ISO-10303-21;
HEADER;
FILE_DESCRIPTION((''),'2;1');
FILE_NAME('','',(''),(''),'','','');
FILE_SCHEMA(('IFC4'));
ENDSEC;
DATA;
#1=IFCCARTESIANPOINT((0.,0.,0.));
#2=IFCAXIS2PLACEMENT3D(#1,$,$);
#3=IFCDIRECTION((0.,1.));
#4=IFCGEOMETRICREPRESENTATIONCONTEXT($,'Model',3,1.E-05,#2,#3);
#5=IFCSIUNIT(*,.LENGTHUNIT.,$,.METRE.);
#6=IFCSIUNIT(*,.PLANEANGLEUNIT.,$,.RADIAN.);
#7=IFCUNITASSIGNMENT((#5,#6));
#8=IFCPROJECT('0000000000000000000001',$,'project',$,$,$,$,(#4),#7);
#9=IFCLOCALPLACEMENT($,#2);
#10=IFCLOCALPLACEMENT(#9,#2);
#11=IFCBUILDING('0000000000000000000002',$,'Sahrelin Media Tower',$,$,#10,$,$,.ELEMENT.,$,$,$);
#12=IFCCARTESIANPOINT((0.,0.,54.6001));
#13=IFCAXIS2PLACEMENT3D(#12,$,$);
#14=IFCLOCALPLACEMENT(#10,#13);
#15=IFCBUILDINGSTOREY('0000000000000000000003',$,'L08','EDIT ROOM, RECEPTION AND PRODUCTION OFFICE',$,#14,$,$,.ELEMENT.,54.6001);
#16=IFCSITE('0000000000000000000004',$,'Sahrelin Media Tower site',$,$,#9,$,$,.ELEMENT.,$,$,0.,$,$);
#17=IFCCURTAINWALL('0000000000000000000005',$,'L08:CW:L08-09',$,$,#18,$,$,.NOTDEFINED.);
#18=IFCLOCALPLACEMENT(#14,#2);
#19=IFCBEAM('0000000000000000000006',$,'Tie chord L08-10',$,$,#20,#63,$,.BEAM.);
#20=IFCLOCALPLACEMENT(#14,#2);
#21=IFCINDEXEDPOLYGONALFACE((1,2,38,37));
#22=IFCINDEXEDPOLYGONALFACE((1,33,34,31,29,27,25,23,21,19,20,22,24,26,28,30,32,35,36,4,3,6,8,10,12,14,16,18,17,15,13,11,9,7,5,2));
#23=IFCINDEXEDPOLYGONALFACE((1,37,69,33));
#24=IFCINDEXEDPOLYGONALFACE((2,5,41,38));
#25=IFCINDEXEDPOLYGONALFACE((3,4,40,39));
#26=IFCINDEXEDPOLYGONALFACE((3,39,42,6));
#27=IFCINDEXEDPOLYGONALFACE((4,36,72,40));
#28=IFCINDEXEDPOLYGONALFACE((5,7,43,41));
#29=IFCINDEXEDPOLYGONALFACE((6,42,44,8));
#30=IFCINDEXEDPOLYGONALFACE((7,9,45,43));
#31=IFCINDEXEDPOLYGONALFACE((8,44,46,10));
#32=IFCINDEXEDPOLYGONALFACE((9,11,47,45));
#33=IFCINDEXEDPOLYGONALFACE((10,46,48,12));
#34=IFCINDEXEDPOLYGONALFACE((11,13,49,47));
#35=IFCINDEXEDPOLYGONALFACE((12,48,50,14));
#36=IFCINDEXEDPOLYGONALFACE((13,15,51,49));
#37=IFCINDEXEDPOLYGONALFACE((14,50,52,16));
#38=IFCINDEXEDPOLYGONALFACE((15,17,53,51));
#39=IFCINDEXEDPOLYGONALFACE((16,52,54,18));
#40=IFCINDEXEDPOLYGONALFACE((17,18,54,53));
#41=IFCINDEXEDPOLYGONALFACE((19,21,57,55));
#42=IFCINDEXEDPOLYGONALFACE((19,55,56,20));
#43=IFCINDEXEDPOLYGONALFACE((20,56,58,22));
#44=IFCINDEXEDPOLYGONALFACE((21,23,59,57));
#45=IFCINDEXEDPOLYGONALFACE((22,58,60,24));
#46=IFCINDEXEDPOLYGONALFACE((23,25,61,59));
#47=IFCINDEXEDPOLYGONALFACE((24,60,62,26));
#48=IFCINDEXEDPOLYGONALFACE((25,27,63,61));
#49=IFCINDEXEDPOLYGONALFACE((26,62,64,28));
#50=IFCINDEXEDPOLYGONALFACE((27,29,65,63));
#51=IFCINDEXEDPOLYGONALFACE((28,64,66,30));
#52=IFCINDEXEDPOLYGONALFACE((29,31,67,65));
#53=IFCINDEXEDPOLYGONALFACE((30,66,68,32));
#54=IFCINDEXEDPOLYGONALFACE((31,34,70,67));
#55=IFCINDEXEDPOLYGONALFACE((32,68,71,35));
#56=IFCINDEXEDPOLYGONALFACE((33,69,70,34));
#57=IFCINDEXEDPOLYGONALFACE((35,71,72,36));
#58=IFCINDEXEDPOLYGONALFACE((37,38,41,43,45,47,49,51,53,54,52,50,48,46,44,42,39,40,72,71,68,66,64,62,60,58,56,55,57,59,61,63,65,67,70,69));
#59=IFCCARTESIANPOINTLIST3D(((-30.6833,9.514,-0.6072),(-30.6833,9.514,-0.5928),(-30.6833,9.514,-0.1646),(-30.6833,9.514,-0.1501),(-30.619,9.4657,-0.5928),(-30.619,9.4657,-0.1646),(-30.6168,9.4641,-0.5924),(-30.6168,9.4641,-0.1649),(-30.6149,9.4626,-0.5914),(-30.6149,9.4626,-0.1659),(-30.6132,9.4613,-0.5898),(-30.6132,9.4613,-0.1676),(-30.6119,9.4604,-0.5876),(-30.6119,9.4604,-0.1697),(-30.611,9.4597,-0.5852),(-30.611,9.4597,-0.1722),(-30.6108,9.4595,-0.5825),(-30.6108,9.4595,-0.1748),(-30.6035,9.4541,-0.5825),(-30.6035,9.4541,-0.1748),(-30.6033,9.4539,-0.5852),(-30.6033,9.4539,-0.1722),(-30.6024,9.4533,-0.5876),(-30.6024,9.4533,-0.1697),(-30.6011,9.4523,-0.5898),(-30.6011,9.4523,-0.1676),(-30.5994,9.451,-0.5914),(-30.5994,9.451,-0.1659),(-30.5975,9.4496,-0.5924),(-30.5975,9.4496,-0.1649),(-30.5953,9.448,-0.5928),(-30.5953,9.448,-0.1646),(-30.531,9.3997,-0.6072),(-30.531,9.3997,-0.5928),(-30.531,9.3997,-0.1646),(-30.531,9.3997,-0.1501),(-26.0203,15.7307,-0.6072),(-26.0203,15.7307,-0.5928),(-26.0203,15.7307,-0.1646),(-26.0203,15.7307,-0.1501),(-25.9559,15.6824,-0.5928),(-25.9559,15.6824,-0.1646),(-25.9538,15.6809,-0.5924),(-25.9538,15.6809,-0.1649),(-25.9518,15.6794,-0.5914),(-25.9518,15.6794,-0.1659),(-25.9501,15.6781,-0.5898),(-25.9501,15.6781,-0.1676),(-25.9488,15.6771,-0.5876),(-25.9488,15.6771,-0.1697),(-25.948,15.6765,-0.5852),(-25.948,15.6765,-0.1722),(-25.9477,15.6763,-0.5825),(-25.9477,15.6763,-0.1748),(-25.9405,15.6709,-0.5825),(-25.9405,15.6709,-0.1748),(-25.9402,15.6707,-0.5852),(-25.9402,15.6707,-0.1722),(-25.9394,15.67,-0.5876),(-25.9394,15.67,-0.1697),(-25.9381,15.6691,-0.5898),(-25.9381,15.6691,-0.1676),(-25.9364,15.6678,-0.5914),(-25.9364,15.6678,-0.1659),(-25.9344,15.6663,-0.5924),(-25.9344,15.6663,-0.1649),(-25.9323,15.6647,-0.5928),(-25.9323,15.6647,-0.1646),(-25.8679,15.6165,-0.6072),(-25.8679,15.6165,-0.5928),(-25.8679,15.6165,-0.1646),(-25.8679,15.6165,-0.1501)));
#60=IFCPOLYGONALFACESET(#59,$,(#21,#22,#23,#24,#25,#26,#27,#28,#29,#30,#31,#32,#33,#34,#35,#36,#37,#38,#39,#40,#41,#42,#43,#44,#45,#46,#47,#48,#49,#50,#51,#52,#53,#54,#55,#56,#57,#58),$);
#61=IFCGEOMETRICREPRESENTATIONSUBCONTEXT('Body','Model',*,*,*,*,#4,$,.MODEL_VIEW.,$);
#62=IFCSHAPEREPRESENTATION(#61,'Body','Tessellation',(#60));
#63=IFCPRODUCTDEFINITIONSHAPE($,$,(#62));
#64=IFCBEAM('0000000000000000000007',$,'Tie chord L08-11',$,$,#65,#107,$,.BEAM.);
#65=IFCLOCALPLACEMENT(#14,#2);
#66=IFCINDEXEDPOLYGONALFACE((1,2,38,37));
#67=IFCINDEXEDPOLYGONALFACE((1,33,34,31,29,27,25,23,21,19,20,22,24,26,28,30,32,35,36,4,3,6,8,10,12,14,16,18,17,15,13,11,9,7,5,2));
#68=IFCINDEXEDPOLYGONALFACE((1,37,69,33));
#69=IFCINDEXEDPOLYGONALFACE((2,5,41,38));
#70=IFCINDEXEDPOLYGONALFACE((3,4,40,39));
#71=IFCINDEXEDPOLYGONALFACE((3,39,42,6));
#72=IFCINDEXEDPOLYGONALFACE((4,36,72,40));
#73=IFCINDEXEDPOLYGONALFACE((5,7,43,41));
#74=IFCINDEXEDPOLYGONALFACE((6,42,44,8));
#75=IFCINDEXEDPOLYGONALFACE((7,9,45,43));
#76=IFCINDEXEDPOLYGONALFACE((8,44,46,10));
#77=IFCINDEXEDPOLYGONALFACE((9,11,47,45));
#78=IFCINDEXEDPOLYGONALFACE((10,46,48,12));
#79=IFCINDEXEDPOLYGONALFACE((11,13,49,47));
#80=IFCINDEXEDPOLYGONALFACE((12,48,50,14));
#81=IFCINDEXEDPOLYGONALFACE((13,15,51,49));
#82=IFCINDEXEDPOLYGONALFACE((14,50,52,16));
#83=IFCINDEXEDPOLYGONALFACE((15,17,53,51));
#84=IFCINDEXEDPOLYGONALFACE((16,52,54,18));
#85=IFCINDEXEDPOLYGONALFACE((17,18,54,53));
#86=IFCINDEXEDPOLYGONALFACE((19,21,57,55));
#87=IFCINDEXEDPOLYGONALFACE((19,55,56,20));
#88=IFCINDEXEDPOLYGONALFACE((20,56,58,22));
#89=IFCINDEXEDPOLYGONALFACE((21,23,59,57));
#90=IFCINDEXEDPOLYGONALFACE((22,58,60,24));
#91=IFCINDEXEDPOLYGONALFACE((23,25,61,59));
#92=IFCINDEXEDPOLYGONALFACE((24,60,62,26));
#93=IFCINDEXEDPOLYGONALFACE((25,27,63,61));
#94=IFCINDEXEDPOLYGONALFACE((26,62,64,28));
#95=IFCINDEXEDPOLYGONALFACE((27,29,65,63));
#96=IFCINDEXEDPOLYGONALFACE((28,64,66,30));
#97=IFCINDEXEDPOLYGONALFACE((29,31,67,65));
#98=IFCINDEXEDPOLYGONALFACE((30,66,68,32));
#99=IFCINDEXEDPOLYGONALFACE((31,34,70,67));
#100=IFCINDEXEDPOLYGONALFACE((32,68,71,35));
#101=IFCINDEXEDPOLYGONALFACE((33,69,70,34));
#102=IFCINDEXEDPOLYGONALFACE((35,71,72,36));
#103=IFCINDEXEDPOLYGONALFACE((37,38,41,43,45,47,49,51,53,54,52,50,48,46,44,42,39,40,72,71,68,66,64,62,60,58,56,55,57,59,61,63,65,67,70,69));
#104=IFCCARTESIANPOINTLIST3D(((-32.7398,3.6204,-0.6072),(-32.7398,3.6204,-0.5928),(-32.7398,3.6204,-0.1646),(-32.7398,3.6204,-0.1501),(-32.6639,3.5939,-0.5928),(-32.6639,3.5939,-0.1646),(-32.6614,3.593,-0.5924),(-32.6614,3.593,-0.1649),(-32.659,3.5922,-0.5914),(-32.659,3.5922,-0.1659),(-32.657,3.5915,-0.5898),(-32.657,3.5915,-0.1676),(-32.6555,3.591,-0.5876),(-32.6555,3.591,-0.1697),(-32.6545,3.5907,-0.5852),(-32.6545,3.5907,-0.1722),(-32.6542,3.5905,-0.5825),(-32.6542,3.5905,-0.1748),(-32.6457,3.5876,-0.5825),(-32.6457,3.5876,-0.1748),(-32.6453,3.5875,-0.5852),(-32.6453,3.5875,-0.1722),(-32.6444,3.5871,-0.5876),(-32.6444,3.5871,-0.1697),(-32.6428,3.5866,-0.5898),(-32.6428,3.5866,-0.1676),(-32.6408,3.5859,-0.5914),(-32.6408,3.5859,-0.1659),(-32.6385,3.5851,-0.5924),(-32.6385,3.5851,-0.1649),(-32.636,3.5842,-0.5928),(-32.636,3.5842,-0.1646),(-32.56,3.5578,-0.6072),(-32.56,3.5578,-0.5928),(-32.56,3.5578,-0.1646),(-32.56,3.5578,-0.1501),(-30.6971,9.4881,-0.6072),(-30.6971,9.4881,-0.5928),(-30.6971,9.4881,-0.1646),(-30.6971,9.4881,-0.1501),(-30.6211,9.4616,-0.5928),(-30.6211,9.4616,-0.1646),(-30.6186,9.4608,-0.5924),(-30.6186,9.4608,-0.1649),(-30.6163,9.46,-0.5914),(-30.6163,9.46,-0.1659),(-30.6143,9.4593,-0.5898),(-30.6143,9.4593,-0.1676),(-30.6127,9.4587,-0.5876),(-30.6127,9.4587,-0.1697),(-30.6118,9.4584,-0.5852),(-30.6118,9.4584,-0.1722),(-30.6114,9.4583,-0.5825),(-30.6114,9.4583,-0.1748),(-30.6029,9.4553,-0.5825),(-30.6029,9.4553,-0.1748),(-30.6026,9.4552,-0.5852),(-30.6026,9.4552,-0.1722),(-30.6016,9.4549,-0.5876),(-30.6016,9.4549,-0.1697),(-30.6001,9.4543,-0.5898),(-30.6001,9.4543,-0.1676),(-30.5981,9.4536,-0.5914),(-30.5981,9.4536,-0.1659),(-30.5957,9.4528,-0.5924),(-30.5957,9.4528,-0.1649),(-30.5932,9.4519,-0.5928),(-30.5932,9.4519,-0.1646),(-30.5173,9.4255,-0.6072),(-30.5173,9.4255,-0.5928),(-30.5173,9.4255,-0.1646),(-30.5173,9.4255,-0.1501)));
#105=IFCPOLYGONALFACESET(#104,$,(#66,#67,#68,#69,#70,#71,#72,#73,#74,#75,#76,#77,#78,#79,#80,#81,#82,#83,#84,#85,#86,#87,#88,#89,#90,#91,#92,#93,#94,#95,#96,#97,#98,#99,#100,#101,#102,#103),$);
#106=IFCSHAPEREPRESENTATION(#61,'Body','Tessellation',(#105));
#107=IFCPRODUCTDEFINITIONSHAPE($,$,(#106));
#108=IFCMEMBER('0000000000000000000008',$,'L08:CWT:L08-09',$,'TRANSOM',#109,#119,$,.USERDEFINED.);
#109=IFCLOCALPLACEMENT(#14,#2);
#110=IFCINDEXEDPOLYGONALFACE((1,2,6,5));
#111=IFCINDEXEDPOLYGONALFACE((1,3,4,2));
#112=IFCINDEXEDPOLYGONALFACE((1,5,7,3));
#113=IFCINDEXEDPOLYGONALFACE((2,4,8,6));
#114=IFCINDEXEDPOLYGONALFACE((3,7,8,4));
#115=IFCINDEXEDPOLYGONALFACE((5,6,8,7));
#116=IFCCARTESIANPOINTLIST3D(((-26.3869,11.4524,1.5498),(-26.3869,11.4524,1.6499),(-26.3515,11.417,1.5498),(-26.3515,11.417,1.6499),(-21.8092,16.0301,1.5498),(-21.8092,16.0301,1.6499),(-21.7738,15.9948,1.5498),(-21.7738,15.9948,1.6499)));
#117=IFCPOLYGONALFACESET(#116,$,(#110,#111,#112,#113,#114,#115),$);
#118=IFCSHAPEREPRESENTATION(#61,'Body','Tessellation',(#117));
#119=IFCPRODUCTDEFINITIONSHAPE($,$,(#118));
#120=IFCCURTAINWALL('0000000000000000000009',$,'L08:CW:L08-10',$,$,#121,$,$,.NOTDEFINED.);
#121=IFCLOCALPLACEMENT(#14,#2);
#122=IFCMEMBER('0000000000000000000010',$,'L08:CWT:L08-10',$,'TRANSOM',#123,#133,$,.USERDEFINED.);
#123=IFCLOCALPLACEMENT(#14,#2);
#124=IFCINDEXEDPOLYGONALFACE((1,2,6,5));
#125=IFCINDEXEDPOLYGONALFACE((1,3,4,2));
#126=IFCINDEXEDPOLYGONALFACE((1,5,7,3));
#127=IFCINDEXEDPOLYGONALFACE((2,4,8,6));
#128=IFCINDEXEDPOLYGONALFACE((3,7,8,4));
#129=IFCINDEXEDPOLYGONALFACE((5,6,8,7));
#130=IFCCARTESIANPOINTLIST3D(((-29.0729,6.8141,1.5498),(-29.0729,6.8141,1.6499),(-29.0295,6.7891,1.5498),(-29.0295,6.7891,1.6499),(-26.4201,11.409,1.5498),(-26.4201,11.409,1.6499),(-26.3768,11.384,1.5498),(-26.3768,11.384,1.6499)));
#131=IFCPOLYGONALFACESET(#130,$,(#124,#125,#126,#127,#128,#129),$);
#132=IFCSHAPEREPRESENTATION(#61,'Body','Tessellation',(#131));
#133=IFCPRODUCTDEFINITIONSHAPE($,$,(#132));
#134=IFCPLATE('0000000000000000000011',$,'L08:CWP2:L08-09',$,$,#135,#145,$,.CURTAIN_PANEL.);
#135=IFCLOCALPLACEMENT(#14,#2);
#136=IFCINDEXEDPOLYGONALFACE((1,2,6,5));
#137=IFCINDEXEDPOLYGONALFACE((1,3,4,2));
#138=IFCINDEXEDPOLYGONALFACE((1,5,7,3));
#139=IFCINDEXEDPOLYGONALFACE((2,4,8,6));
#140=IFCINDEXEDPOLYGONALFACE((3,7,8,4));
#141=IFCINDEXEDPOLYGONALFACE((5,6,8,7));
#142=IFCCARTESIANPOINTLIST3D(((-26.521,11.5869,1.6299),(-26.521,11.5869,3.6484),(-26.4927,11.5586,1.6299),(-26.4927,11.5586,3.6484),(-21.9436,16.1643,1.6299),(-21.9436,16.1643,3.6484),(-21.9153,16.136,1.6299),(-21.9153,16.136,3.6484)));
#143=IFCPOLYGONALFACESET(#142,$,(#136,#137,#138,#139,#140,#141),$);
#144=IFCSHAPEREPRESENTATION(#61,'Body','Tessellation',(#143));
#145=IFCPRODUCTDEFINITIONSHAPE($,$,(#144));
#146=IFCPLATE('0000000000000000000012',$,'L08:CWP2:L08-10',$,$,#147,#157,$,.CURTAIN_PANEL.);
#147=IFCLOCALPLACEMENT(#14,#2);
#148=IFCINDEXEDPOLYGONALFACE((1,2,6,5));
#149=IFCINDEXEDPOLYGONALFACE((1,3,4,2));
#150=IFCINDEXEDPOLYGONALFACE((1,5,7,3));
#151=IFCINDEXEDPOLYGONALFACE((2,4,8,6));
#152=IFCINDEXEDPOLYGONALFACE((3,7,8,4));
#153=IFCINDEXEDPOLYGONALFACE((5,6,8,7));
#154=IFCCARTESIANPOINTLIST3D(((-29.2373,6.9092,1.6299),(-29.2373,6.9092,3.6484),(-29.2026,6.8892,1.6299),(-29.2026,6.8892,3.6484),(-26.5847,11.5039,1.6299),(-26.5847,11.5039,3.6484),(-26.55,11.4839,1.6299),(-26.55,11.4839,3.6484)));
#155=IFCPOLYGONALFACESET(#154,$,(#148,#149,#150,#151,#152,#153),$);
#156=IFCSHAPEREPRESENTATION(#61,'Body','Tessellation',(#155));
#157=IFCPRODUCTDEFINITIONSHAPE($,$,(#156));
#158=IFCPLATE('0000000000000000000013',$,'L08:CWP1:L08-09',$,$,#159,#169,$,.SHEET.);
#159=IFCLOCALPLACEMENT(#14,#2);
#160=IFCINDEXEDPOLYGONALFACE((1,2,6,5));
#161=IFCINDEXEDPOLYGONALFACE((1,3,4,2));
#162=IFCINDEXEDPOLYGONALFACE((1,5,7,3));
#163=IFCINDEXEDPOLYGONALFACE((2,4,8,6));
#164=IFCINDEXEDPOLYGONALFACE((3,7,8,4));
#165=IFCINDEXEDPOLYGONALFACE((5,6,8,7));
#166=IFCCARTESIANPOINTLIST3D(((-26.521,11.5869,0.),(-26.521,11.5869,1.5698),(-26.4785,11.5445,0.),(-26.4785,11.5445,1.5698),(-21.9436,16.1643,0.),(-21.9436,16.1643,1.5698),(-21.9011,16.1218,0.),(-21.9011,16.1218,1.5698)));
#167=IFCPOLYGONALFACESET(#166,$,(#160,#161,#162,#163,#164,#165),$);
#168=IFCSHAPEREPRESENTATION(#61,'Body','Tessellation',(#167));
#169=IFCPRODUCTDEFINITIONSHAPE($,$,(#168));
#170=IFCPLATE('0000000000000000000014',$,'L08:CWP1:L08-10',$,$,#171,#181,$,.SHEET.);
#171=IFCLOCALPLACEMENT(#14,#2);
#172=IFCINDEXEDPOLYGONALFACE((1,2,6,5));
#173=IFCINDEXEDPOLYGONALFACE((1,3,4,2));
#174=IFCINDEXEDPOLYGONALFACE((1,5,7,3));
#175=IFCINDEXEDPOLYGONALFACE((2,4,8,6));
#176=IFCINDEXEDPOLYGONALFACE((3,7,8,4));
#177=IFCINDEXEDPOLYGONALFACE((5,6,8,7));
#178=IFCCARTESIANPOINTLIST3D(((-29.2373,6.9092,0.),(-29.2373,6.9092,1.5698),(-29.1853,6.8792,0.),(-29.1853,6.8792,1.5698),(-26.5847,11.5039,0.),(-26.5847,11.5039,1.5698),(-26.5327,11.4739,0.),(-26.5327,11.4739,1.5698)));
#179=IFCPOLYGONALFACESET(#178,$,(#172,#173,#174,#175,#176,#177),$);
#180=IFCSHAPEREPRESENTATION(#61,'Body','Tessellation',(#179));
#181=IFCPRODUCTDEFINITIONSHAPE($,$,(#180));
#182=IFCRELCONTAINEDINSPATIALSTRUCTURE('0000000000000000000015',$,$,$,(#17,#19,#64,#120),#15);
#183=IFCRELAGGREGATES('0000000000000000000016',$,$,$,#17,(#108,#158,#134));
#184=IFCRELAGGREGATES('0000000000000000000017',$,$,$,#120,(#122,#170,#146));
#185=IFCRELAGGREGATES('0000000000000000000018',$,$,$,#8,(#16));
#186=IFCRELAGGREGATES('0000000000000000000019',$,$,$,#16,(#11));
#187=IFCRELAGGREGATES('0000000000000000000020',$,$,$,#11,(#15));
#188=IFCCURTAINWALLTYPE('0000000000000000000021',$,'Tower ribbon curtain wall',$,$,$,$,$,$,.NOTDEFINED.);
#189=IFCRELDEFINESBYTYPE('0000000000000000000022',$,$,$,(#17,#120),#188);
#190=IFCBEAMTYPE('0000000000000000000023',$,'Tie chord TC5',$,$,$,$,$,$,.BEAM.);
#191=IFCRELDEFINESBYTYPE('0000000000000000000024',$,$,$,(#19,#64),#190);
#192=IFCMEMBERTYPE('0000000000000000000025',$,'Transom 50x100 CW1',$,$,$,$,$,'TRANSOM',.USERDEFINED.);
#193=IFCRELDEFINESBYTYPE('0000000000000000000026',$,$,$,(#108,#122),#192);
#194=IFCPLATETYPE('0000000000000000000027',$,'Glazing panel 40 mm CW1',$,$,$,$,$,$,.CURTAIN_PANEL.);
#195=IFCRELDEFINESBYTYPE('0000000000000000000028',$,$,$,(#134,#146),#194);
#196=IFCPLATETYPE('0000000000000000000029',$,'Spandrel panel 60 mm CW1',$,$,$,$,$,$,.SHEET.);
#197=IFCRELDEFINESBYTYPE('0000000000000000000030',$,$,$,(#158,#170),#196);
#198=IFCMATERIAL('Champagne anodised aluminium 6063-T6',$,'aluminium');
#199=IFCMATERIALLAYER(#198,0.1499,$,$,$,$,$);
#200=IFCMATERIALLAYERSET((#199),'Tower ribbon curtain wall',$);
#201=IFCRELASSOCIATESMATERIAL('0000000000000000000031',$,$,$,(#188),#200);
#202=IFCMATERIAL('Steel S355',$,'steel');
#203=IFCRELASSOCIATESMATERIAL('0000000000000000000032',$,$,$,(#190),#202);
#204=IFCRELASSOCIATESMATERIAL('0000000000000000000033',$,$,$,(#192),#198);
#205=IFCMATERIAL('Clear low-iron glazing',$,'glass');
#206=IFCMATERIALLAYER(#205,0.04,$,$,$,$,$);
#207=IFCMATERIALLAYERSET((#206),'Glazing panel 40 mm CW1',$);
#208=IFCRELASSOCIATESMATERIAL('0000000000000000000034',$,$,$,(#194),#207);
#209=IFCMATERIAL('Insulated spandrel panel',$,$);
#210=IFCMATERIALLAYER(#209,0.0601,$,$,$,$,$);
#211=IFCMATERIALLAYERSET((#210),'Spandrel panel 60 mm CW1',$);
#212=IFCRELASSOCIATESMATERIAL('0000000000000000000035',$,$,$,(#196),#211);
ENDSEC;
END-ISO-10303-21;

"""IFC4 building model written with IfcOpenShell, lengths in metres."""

from ifc_helpers import new_model, si_unit, direction, frame, origin, origin_2d, place, context, subcontext, project, spatial, polyline, rectangle, i_section, outline, extrude, material, layer, layer_set, material_profile, profile_set, type_object, element, aggregate, save


model = new_model("IFC4")

# Units and contexts
model_context = context("Model", 3, precision=1e-05, world=origin(), true_north=direction((0.0, 1.0)))
body_context = subcontext(model_context, "Body", "Model", "MODEL_VIEW")
ifc_project = project(units=[si_unit("LENGTHUNIT", "METRE"), si_unit("PLANEANGLEUNIT", "RADIAN")], contexts=[model_context])

# Site, building, storey
site_placement = place(None, origin())
site = spatial("IfcSite", under=ifc_project, at=site_placement, Name="Sahrelin Media Tower site", CompositionType="ELEMENT", RefElevation=0.0)
building_placement = place(site_placement, origin())
building = spatial("IfcBuilding", under=site, at=building_placement, Name="Sahrelin Media Tower", CompositionType="ELEMENT")
storey_placement = place(building_placement, frame((0.0, 0.0, 54.6001)))
storey = spatial("IfcBuildingStorey", under=building, at=storey_placement, Name="L08", Description="EDIT ROOM, RECEPTION AND PRODUCTION OFFICE", CompositionType="ELEMENT", Elevation=54.6001)

# Shared definitions
ifc_material_1 = material(Name="Steel S355", Category="steel")

# Curtain wall
ifc_material_2 = material(Name="Champagne anodised aluminium 6063-T6", Category="aluminium")
ifc_layer_1 = layer(ifc_material_2, 0.1499)
ifc_layer_set_1 = layer_set([ifc_layer_1], Name="Tower ribbon curtain wall")
curtain_wall_type = type_object("IfcCurtainWallType", Name="Tower ribbon curtain wall", PredefinedType="NOTDEFINED", material=ifc_layer_set_1)
curtain_wall_1_placement = place(storey_placement, frame((-24.2183, 13.8616, 0.0), z_axis=(0.0, 0.0, 1.0), x_axis=(1.0, 0.0, 0.0)))
curtain_wall_1 = element("IfcCurtainWall", 1, at=curtain_wall_1_placement, inside=storey, type_object=curtain_wall_type, Name="L08:CW:L08-09", PredefinedType="NOTDEFINED")

# Beams
ifc_material_profile_1 = material_profile(ifc_material_1, i_section(OverallWidth=0.1904, OverallDepth=0.457, WebThickness=0.009, FlangeThickness=0.0144, FilletRadius=0.0103, at=origin_2d()), Name="UB 457x191x74")
ifc_profile_set_1 = profile_set([ifc_material_profile_1], Name="Steel S355")
beam_type_1 = type_object("IfcBeamType", Name="Tie chord TC5", PredefinedType="BEAM", material=ifc_profile_set_1)
beam_1_placement = place(storey_placement, frame((-25.9441, 15.6736, -0.3787), z_axis=(-0.60004, -0.79997, 0.0), x_axis=(0.79997, -0.60004, 0.0)))
element("IfcBeam", 2, at=beam_1_placement, inside=storey, type_object=beam_type_1, Name="Tie chord L08-10", PredefinedType="BEAM", context=body_context, shape_type="SweptSolid", body=[
    extrude(i_section(OverallWidth=0.1904, OverallDepth=0.457, WebThickness=0.009, FlangeThickness=0.0144, FilletRadius=0.0103, at=origin_2d()), origin(), (0.0, 0.0, 1.0), 7.7712),
])
beam_2_placement = place(storey_placement, frame((-30.6072, 9.4568, -0.3787), z_axis=(-0.328778, -0.944407, 0.0), x_axis=(0.944407, -0.328778, 0.0)))
element("IfcBeam", 3, at=beam_2_placement, inside=storey, type_object=beam_type_1, Name="Tie chord L08-11", PredefinedType="BEAM", context=body_context, shape_type="SweptSolid", body=[
    extrude(i_section(OverallWidth=0.1904, OverallDepth=0.457, WebThickness=0.009, FlangeThickness=0.0144, FilletRadius=0.0103, at=origin_2d()), origin(), (0.0, 0.0, 1.0), 6.2131),
])

# Member
ifc_material_profile_2 = material_profile(ifc_material_2, rectangle(XDim=0.05, YDim=0.1001, at=origin_2d()), Name="Transom 50x100")
ifc_profile_set_2 = profile_set([ifc_material_profile_2], Name="Champagne anodised aluminium 6063-T6")
member_type_1 = type_object("IfcMemberType", Name="Transom 50x100 CW1", ElementType="TRANSOM", PredefinedType="USERDEFINED", material=ifc_profile_set_2)
member_1_placement = place(storey_placement, frame((-21.7915, 16.0125, 1.5999), z_axis=(-0.707107, -0.707107, 0.0), x_axis=(0.707107, -0.707107, 0.0)))
member_1 = element("IfcMember", 4, at=member_1_placement, type_object=member_type_1, Name="L08:CWT:L08-09", ObjectType="TRANSOM", PredefinedType="USERDEFINED", context=body_context, shape_type="SweptSolid", body=[
    extrude(rectangle(XDim=0.05, YDim=0.1001, at=origin_2d()), origin(), (0.0, 0.0, 1.0), 6.4739),
])

# Curtain wall, member
curtain_wall_2_placement = place(storey_placement, frame((-27.8938, 9.1965, 0.0), z_axis=(0.0, 0.0, 1.0), x_axis=(1.0, 0.0, 0.0)))
curtain_wall_2 = element("IfcCurtainWall", 5, at=curtain_wall_2_placement, inside=storey, type_object=curtain_wall_type, Name="L08:CW:L08-10", PredefinedType="NOTDEFINED")
member_2_placement = place(storey_placement, frame((-26.3984, 11.3965, 1.5999), z_axis=(-0.499989, -0.866032, 0.0), x_axis=(0.866032, -0.499989, 0.0)))
member_2 = element("IfcMember", 6, at=member_2_placement, type_object=member_type_1, Name="L08:CWT:L08-10", ObjectType="TRANSOM", PredefinedType="USERDEFINED", context=body_context, shape_type="SweptSolid", body=[
    extrude(rectangle(XDim=0.05, YDim=0.1001, at=origin_2d()), origin(), (0.0, 0.0, 1.0), 5.3057),
])

# Plates
ifc_material_3 = material(Name="Clear low-iron glazing", Category="glass")
ifc_layer_2 = layer(ifc_material_3, 0.04)
ifc_layer_set_2 = layer_set([ifc_layer_2], Name="Glazing panel 40 mm CW1")
plate_type_1 = type_object("IfcPlateType", Name="Glazing panel 40 mm CW1", PredefinedType="CURTAIN_PANEL", material=ifc_layer_set_2)
plate_1_placement = place(storey_placement, frame((-21.9436, 16.1643, 1.6299), z_axis=(-0.707107, 0.707107, 0.0), x_axis=(-0.707107, -0.707107, 0.0)))
plate_1 = element("IfcPlate", 7, at=plate_1_placement, type_object=plate_type_1, Name="L08:CWP2:L08-09", PredefinedType="CURTAIN_PANEL", context=body_context, shape_type="SweptSolid", body=[
    extrude(outline(polyline([(0.0, 0.0), (6.4734, 0.0), (6.4734, 2.0186), (0.0, 2.0186), (0.0, 0.0)])), origin(), (0.0, 0.0, -1.0), 0.04),
])
plate_2_placement = place(storey_placement, frame((-26.5847, 11.5039, 1.6299), z_axis=(-0.86604, 0.499975, 0.0), x_axis=(-0.499975, -0.86604, 0.0)))
plate_2 = element("IfcPlate", 8, at=plate_2_placement, type_object=plate_type_1, Name="L08:CWP2:L08-10", PredefinedType="CURTAIN_PANEL", context=body_context, shape_type="SweptSolid", body=[
    extrude(outline(polyline([(0.0, 0.0), (5.3054, 0.0), (5.3054, 2.0186), (0.0, 2.0186), (0.0, 0.0)])), origin(), (0.0, 0.0, -1.0), 0.04),
])
ifc_material_4 = material(Name="Insulated spandrel panel")
ifc_layer_3 = layer(ifc_material_4, 0.0601)
ifc_layer_set_3 = layer_set([ifc_layer_3], Name="Spandrel panel 60 mm CW1")
plate_type_2 = type_object("IfcPlateType", Name="Spandrel panel 60 mm CW1", PredefinedType="SHEET", material=ifc_layer_set_3)
plate_3_placement = place(storey_placement, frame((-21.9436, 16.1643, 0.0), z_axis=(-0.707107, 0.707107, 0.0), x_axis=(-0.707107, -0.707107, 0.0)))
plate_3 = element("IfcPlate", 9, at=plate_3_placement, type_object=plate_type_2, Name="L08:CWP1:L08-09", PredefinedType="SHEET", context=body_context, shape_type="SweptSolid", body=[
    extrude(outline(polyline([(0.0, 0.0), (6.4734, 0.0), (6.4734, 1.5698), (0.0, 1.5698), (0.0, 0.0)])), origin(), (0.0, 0.0, -1.0), 0.0601),
])
aggregate(curtain_wall_1, [member_1, plate_3, plate_1])
plate_4_placement = place(storey_placement, frame((-26.5847, 11.5039, 0.0), z_axis=(-0.86604, 0.499975, 0.0), x_axis=(-0.499975, -0.86604, 0.0)))
plate_4 = element("IfcPlate", 10, at=plate_4_placement, type_object=plate_type_2, Name="L08:CWP1:L08-10", PredefinedType="SHEET", context=body_context, shape_type="SweptSolid", body=[
    extrude(outline(polyline([(0.0, 0.0), (5.3054, 0.0), (5.3054, 1.5698), (0.0, 1.5698), (0.0, 0.0)])), origin(), (0.0, 0.0, -1.0), 0.0601),
])
aggregate(curtain_wall_2, [member_2, plate_4, plate_2])

save(model, "model.ifc")
